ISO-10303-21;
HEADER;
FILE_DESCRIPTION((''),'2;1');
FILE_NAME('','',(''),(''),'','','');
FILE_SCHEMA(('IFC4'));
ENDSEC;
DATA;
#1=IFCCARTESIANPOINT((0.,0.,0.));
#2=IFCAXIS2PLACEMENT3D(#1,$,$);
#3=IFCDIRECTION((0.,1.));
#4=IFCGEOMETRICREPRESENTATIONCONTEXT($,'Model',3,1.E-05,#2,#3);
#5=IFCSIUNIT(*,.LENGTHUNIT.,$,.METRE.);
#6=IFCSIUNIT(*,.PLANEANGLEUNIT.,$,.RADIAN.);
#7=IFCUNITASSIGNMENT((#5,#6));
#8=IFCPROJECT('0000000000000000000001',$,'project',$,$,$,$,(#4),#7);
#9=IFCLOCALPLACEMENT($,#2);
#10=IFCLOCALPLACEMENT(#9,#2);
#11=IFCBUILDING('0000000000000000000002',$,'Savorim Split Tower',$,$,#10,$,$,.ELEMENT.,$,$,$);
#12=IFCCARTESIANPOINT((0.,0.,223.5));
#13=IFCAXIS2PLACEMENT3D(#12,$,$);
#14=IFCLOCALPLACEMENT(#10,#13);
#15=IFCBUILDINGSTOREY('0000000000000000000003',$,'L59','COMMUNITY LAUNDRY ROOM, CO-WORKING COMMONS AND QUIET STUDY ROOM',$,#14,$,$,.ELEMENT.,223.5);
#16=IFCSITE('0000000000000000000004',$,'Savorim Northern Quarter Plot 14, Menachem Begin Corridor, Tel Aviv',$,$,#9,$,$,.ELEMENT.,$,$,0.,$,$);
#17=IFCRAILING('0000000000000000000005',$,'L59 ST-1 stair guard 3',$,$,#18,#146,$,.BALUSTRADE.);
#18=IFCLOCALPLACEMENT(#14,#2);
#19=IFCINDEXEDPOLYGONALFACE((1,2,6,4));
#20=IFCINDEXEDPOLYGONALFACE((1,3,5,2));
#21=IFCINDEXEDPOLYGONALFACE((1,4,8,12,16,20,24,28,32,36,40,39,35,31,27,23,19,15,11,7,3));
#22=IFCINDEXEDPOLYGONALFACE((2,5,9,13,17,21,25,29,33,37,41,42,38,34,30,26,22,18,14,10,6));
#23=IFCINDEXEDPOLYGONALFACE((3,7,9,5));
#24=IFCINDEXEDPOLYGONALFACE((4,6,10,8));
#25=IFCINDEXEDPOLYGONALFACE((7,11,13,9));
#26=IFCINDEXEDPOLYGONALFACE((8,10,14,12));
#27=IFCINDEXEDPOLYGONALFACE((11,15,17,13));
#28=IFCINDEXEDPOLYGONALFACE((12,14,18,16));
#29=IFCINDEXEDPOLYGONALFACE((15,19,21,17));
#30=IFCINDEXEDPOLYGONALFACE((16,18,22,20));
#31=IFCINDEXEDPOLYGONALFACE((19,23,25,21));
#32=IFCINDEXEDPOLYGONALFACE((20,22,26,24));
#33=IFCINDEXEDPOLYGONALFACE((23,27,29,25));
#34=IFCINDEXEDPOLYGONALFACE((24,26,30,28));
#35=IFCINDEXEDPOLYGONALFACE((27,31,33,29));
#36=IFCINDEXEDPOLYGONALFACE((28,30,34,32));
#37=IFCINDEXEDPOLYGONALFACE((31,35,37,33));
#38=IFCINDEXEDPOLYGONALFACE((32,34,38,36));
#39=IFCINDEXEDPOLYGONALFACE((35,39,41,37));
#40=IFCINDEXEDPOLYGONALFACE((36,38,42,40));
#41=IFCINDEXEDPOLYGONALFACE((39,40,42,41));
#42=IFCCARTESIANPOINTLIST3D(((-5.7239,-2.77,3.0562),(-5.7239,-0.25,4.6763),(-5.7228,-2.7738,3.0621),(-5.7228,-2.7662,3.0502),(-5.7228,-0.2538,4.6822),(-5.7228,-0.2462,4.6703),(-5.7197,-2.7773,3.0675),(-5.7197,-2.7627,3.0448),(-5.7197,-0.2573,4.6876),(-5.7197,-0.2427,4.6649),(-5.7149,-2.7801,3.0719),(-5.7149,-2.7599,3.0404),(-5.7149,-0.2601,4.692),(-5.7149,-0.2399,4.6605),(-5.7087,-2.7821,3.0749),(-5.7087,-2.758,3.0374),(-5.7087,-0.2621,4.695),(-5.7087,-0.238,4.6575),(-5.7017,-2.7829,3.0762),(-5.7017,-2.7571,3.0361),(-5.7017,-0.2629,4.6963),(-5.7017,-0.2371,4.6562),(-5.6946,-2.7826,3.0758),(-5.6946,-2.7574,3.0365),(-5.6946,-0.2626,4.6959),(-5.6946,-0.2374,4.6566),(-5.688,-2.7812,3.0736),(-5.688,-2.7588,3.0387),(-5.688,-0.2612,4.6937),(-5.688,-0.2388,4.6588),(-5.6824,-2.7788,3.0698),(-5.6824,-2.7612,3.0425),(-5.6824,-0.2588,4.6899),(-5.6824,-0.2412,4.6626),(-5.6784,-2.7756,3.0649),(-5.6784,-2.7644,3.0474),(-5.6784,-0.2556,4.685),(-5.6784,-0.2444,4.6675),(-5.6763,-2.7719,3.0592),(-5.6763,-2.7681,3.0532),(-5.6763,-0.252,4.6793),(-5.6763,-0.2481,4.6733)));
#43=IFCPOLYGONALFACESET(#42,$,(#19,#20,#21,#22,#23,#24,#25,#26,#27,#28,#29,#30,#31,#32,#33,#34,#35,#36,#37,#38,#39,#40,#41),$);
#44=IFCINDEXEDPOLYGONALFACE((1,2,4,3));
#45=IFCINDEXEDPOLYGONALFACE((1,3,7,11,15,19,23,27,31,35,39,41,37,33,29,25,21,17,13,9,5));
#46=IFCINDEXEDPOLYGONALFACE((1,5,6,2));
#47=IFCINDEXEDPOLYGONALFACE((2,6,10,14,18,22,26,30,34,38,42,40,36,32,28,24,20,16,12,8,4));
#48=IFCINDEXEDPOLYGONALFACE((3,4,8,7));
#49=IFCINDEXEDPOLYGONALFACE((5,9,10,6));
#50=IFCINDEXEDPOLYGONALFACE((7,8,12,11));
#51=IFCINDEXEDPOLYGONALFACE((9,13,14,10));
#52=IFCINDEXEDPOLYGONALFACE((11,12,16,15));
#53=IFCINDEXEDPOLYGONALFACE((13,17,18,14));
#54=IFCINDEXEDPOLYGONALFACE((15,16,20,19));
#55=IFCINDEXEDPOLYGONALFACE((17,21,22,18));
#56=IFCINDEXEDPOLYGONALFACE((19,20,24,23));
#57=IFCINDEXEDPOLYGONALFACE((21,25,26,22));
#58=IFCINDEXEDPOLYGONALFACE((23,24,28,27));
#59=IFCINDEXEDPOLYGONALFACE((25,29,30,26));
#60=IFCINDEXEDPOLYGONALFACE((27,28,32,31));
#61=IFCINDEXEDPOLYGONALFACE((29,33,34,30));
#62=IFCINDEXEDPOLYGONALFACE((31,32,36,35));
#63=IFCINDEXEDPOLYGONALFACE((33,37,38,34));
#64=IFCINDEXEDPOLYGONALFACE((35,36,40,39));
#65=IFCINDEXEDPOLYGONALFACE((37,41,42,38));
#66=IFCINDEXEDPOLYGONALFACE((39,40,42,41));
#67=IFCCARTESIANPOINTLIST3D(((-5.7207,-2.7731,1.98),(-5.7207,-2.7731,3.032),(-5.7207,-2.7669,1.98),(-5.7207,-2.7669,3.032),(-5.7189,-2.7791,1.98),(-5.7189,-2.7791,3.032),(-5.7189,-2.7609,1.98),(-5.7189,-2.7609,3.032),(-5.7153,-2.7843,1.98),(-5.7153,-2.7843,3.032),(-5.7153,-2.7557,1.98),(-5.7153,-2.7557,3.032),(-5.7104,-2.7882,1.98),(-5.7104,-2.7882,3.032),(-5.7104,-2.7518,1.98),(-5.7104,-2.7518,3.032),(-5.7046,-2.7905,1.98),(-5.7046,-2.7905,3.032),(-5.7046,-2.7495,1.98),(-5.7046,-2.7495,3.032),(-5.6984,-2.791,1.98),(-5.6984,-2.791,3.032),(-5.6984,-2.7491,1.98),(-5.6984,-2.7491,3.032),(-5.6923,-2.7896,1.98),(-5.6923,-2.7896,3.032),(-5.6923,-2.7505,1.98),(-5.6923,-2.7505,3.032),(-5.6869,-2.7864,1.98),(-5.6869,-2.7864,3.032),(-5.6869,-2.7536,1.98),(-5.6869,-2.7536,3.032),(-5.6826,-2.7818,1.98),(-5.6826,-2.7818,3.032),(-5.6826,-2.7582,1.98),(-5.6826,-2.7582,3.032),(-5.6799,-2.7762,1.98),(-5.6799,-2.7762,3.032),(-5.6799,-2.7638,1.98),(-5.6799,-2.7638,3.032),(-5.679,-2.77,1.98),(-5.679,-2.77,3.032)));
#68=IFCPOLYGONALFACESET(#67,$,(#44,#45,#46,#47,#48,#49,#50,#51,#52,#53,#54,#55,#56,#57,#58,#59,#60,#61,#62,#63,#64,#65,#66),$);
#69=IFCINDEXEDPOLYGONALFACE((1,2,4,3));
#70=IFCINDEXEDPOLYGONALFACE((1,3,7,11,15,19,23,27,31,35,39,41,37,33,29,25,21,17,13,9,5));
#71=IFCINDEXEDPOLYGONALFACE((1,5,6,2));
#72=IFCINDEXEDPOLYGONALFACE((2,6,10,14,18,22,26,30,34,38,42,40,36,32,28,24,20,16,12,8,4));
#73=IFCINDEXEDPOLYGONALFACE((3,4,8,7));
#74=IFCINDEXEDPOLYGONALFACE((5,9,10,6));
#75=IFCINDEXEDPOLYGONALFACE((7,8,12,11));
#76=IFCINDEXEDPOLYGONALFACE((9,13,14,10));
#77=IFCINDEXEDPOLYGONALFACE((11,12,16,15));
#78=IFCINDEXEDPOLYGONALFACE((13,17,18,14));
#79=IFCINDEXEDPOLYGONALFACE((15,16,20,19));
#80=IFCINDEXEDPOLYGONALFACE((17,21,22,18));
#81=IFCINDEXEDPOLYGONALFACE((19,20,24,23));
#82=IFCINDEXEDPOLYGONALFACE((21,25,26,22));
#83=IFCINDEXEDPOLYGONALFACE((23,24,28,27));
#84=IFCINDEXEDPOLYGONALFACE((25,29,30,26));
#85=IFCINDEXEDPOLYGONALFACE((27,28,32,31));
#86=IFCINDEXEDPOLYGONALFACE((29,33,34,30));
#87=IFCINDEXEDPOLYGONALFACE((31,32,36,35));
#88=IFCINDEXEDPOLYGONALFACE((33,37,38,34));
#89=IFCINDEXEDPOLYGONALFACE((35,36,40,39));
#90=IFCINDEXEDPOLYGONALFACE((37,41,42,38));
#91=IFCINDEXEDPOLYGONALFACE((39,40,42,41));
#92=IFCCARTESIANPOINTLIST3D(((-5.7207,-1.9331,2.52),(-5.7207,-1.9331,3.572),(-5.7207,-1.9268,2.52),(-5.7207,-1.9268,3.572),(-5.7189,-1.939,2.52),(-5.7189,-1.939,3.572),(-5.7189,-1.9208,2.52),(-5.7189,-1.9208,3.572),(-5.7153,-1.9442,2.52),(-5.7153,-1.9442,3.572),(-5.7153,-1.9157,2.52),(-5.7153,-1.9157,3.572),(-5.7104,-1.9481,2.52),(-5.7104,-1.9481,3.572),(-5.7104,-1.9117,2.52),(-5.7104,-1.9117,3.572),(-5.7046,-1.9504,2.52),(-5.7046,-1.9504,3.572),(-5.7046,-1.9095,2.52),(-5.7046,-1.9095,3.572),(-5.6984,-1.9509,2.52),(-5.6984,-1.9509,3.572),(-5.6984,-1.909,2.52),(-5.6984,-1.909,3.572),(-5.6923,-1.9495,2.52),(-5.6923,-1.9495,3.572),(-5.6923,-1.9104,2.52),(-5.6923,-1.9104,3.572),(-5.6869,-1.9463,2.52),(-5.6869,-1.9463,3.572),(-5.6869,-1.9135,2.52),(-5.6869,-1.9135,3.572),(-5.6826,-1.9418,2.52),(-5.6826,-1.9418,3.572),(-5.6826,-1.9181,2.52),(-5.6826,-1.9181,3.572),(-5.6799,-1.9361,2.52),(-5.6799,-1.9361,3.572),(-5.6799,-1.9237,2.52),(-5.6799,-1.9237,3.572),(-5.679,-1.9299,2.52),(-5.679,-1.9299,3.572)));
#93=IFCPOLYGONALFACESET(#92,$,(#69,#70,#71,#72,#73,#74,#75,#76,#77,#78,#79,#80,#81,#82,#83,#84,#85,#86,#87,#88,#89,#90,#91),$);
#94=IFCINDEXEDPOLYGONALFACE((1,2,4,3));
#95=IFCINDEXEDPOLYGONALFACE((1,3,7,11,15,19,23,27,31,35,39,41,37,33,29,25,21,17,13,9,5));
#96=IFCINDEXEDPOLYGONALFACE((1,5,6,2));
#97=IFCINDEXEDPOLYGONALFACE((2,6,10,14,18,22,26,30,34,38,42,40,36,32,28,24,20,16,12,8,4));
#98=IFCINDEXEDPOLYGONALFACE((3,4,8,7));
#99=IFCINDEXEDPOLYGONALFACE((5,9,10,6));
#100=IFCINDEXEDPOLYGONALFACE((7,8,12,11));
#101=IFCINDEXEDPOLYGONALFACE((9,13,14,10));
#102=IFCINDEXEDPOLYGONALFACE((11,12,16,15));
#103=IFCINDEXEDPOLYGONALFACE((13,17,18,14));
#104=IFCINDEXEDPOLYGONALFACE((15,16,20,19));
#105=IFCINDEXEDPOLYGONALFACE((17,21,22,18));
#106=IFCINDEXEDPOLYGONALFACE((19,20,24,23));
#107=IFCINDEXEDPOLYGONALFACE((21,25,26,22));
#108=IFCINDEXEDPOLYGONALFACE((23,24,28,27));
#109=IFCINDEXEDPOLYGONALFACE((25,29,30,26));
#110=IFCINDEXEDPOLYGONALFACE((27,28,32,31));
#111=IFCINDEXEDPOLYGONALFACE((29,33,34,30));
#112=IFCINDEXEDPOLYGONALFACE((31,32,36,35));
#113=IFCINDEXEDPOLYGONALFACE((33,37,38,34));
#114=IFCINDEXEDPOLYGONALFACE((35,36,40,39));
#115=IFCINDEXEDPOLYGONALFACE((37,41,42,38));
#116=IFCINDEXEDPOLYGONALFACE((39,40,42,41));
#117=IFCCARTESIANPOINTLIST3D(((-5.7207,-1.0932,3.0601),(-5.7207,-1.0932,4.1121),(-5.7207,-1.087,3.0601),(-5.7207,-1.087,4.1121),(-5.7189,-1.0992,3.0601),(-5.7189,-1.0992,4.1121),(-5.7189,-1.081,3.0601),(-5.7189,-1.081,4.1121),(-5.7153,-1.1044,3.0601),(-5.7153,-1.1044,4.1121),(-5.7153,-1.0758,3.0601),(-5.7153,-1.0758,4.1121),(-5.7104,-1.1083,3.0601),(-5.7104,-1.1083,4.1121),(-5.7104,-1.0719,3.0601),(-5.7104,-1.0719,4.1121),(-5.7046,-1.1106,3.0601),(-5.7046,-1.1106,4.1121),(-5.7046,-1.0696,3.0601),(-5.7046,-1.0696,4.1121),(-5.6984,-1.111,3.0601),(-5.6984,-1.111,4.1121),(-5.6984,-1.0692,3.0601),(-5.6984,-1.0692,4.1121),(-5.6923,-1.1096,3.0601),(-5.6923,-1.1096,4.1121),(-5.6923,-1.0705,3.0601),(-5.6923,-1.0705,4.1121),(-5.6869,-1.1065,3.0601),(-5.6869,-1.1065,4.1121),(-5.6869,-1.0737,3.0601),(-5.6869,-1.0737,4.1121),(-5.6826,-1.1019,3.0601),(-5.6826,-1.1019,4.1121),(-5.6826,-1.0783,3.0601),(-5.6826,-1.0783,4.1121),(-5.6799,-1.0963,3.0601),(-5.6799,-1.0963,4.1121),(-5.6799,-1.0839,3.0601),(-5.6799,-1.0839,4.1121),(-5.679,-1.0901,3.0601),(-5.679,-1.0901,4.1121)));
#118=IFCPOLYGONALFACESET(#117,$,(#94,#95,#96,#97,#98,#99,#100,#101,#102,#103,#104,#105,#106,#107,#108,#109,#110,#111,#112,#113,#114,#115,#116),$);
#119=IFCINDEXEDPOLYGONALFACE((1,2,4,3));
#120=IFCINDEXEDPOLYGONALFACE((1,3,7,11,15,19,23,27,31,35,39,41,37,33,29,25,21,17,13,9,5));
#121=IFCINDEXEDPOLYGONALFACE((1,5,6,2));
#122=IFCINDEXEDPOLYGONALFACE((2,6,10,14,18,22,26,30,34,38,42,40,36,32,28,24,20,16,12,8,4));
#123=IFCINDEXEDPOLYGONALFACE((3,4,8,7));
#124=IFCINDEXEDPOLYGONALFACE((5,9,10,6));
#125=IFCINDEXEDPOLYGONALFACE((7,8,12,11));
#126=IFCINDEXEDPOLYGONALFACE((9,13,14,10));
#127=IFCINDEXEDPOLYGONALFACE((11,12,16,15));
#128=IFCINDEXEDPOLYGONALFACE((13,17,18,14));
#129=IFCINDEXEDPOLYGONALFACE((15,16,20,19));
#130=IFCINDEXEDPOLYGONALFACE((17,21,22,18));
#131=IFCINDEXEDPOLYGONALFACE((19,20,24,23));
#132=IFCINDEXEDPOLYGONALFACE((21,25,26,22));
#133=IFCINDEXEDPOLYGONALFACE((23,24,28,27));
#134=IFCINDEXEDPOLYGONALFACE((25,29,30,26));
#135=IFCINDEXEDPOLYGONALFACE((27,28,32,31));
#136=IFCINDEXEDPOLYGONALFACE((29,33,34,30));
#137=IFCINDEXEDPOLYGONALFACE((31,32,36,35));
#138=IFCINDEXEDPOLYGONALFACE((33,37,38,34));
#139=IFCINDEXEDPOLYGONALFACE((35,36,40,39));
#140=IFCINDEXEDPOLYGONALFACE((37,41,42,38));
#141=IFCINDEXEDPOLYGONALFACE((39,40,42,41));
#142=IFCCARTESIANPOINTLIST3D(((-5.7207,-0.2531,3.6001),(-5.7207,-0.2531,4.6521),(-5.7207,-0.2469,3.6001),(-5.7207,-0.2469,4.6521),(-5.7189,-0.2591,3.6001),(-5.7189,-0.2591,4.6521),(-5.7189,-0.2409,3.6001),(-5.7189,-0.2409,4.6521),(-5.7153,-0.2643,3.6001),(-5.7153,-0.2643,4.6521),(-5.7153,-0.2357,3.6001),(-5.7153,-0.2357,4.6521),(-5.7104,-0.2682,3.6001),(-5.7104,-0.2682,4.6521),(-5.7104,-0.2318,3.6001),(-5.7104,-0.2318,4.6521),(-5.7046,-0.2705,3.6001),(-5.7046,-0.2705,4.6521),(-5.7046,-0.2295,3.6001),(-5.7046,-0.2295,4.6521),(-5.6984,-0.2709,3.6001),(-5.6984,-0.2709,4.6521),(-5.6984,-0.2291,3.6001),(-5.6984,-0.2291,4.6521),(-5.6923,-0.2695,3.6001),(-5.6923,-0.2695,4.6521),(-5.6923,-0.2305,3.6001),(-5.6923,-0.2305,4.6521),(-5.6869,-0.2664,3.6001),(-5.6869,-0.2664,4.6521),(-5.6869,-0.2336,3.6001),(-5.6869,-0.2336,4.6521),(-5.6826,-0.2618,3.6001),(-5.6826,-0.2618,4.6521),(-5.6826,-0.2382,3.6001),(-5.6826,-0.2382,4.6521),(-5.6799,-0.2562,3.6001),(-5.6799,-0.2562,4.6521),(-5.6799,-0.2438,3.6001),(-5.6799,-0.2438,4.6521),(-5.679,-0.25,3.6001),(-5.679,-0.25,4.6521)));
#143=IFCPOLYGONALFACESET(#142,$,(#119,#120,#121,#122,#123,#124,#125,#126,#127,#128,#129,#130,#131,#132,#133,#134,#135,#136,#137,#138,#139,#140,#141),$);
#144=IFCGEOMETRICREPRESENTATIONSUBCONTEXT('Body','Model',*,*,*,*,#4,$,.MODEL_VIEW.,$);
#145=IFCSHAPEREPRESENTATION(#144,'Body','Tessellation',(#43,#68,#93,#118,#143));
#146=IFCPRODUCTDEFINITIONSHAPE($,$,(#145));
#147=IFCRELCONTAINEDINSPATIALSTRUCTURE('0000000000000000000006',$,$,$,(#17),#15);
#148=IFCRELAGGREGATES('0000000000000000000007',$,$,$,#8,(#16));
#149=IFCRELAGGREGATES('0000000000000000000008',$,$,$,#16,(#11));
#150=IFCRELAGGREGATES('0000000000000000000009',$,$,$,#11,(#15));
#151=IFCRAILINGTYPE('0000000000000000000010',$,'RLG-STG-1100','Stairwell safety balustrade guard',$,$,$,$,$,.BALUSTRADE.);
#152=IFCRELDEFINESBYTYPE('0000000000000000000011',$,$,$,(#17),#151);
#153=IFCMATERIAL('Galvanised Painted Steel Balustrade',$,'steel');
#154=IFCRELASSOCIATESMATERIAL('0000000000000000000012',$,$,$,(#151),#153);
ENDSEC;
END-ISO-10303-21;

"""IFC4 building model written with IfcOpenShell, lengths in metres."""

from ifc_helpers import new_model, si_unit, direction, frame, origin, origin_2d, place, context, subcontext, project, spatial, circle, extrude, material, type_object, element, save


model = new_model("IFC4")

# Units and contexts
model_context = context("Model", 3, precision=1e-05, world=origin(), true_north=direction((0.0, 1.0)))
body_context = subcontext(model_context, "Body", "Model", "MODEL_VIEW")
ifc_project = project(units=[si_unit("LENGTHUNIT", "METRE"), si_unit("PLANEANGLEUNIT", "RADIAN")], contexts=[model_context])

# Site, building, storey
site_placement = place(None, origin())
site = spatial("IfcSite", under=ifc_project, at=site_placement, Name="Savorim Northern Quarter Plot 14, Menachem Begin Corridor, Tel Aviv", CompositionType="ELEMENT", RefElevation=0.0)
building_placement = place(site_placement, origin())
building = spatial("IfcBuilding", under=site, at=building_placement, Name="Savorim Split Tower", CompositionType="ELEMENT")
storey_placement = place(building_placement, frame((0.0, 0.0, 223.5)))
storey = spatial("IfcBuildingStorey", under=building, at=storey_placement, Name="L59", Description="COMMUNITY LAUNDRY ROOM, CO-WORKING COMMONS AND QUIET STUDY ROOM", CompositionType="ELEMENT", Elevation=223.5)

# Railing
ifc_material_1 = material(Name="Galvanised Painted Steel Balustrade", Category="steel")
railing_type_1 = type_object("IfcRailingType", Name="RLG-STG-1100", Description="Stairwell safety balustrade guard", PredefinedType="BALUSTRADE", material=ifc_material_1)
railing_1_placement = place(storey_placement, frame((-5.7, -2.77, 1.98)))
element("IfcRailing", 1, at=railing_1_placement, inside=storey, type_object=railing_type_1, Name="L59 ST-1 stair guard 3", PredefinedType="BALUSTRADE", context=body_context, shape_type="SweptSolid", body=[
    extrude(circle(Radius=0.0239, at=origin_2d()), frame((0.0, 0.0, 1.0762), z_axis=(0.0, 0.841163, 0.540782), x_axis=(-1.0, 0.0, 0.0)), (0.0, 0.0, 1.0), 2.9958),
    extrude(circle(Radius=0.021, at=origin_2d()), origin(), (0.0, 0.0, 1.0), 1.052),
    extrude(circle(Radius=0.021, at=origin_2d()), frame((0.0, 0.8401, 0.54)), (0.0, 0.0, 1.0), 1.052),
    extrude(circle(Radius=0.021, at=origin_2d()), frame((0.0, 1.6799, 1.0801)), (0.0, 0.0, 1.0), 1.052),
    extrude(circle(Radius=0.021, at=origin_2d()), frame((0.0, 2.52, 1.6201)), (0.0, 0.0, 1.0), 1.052),
])

save(model, "model.ifc")
